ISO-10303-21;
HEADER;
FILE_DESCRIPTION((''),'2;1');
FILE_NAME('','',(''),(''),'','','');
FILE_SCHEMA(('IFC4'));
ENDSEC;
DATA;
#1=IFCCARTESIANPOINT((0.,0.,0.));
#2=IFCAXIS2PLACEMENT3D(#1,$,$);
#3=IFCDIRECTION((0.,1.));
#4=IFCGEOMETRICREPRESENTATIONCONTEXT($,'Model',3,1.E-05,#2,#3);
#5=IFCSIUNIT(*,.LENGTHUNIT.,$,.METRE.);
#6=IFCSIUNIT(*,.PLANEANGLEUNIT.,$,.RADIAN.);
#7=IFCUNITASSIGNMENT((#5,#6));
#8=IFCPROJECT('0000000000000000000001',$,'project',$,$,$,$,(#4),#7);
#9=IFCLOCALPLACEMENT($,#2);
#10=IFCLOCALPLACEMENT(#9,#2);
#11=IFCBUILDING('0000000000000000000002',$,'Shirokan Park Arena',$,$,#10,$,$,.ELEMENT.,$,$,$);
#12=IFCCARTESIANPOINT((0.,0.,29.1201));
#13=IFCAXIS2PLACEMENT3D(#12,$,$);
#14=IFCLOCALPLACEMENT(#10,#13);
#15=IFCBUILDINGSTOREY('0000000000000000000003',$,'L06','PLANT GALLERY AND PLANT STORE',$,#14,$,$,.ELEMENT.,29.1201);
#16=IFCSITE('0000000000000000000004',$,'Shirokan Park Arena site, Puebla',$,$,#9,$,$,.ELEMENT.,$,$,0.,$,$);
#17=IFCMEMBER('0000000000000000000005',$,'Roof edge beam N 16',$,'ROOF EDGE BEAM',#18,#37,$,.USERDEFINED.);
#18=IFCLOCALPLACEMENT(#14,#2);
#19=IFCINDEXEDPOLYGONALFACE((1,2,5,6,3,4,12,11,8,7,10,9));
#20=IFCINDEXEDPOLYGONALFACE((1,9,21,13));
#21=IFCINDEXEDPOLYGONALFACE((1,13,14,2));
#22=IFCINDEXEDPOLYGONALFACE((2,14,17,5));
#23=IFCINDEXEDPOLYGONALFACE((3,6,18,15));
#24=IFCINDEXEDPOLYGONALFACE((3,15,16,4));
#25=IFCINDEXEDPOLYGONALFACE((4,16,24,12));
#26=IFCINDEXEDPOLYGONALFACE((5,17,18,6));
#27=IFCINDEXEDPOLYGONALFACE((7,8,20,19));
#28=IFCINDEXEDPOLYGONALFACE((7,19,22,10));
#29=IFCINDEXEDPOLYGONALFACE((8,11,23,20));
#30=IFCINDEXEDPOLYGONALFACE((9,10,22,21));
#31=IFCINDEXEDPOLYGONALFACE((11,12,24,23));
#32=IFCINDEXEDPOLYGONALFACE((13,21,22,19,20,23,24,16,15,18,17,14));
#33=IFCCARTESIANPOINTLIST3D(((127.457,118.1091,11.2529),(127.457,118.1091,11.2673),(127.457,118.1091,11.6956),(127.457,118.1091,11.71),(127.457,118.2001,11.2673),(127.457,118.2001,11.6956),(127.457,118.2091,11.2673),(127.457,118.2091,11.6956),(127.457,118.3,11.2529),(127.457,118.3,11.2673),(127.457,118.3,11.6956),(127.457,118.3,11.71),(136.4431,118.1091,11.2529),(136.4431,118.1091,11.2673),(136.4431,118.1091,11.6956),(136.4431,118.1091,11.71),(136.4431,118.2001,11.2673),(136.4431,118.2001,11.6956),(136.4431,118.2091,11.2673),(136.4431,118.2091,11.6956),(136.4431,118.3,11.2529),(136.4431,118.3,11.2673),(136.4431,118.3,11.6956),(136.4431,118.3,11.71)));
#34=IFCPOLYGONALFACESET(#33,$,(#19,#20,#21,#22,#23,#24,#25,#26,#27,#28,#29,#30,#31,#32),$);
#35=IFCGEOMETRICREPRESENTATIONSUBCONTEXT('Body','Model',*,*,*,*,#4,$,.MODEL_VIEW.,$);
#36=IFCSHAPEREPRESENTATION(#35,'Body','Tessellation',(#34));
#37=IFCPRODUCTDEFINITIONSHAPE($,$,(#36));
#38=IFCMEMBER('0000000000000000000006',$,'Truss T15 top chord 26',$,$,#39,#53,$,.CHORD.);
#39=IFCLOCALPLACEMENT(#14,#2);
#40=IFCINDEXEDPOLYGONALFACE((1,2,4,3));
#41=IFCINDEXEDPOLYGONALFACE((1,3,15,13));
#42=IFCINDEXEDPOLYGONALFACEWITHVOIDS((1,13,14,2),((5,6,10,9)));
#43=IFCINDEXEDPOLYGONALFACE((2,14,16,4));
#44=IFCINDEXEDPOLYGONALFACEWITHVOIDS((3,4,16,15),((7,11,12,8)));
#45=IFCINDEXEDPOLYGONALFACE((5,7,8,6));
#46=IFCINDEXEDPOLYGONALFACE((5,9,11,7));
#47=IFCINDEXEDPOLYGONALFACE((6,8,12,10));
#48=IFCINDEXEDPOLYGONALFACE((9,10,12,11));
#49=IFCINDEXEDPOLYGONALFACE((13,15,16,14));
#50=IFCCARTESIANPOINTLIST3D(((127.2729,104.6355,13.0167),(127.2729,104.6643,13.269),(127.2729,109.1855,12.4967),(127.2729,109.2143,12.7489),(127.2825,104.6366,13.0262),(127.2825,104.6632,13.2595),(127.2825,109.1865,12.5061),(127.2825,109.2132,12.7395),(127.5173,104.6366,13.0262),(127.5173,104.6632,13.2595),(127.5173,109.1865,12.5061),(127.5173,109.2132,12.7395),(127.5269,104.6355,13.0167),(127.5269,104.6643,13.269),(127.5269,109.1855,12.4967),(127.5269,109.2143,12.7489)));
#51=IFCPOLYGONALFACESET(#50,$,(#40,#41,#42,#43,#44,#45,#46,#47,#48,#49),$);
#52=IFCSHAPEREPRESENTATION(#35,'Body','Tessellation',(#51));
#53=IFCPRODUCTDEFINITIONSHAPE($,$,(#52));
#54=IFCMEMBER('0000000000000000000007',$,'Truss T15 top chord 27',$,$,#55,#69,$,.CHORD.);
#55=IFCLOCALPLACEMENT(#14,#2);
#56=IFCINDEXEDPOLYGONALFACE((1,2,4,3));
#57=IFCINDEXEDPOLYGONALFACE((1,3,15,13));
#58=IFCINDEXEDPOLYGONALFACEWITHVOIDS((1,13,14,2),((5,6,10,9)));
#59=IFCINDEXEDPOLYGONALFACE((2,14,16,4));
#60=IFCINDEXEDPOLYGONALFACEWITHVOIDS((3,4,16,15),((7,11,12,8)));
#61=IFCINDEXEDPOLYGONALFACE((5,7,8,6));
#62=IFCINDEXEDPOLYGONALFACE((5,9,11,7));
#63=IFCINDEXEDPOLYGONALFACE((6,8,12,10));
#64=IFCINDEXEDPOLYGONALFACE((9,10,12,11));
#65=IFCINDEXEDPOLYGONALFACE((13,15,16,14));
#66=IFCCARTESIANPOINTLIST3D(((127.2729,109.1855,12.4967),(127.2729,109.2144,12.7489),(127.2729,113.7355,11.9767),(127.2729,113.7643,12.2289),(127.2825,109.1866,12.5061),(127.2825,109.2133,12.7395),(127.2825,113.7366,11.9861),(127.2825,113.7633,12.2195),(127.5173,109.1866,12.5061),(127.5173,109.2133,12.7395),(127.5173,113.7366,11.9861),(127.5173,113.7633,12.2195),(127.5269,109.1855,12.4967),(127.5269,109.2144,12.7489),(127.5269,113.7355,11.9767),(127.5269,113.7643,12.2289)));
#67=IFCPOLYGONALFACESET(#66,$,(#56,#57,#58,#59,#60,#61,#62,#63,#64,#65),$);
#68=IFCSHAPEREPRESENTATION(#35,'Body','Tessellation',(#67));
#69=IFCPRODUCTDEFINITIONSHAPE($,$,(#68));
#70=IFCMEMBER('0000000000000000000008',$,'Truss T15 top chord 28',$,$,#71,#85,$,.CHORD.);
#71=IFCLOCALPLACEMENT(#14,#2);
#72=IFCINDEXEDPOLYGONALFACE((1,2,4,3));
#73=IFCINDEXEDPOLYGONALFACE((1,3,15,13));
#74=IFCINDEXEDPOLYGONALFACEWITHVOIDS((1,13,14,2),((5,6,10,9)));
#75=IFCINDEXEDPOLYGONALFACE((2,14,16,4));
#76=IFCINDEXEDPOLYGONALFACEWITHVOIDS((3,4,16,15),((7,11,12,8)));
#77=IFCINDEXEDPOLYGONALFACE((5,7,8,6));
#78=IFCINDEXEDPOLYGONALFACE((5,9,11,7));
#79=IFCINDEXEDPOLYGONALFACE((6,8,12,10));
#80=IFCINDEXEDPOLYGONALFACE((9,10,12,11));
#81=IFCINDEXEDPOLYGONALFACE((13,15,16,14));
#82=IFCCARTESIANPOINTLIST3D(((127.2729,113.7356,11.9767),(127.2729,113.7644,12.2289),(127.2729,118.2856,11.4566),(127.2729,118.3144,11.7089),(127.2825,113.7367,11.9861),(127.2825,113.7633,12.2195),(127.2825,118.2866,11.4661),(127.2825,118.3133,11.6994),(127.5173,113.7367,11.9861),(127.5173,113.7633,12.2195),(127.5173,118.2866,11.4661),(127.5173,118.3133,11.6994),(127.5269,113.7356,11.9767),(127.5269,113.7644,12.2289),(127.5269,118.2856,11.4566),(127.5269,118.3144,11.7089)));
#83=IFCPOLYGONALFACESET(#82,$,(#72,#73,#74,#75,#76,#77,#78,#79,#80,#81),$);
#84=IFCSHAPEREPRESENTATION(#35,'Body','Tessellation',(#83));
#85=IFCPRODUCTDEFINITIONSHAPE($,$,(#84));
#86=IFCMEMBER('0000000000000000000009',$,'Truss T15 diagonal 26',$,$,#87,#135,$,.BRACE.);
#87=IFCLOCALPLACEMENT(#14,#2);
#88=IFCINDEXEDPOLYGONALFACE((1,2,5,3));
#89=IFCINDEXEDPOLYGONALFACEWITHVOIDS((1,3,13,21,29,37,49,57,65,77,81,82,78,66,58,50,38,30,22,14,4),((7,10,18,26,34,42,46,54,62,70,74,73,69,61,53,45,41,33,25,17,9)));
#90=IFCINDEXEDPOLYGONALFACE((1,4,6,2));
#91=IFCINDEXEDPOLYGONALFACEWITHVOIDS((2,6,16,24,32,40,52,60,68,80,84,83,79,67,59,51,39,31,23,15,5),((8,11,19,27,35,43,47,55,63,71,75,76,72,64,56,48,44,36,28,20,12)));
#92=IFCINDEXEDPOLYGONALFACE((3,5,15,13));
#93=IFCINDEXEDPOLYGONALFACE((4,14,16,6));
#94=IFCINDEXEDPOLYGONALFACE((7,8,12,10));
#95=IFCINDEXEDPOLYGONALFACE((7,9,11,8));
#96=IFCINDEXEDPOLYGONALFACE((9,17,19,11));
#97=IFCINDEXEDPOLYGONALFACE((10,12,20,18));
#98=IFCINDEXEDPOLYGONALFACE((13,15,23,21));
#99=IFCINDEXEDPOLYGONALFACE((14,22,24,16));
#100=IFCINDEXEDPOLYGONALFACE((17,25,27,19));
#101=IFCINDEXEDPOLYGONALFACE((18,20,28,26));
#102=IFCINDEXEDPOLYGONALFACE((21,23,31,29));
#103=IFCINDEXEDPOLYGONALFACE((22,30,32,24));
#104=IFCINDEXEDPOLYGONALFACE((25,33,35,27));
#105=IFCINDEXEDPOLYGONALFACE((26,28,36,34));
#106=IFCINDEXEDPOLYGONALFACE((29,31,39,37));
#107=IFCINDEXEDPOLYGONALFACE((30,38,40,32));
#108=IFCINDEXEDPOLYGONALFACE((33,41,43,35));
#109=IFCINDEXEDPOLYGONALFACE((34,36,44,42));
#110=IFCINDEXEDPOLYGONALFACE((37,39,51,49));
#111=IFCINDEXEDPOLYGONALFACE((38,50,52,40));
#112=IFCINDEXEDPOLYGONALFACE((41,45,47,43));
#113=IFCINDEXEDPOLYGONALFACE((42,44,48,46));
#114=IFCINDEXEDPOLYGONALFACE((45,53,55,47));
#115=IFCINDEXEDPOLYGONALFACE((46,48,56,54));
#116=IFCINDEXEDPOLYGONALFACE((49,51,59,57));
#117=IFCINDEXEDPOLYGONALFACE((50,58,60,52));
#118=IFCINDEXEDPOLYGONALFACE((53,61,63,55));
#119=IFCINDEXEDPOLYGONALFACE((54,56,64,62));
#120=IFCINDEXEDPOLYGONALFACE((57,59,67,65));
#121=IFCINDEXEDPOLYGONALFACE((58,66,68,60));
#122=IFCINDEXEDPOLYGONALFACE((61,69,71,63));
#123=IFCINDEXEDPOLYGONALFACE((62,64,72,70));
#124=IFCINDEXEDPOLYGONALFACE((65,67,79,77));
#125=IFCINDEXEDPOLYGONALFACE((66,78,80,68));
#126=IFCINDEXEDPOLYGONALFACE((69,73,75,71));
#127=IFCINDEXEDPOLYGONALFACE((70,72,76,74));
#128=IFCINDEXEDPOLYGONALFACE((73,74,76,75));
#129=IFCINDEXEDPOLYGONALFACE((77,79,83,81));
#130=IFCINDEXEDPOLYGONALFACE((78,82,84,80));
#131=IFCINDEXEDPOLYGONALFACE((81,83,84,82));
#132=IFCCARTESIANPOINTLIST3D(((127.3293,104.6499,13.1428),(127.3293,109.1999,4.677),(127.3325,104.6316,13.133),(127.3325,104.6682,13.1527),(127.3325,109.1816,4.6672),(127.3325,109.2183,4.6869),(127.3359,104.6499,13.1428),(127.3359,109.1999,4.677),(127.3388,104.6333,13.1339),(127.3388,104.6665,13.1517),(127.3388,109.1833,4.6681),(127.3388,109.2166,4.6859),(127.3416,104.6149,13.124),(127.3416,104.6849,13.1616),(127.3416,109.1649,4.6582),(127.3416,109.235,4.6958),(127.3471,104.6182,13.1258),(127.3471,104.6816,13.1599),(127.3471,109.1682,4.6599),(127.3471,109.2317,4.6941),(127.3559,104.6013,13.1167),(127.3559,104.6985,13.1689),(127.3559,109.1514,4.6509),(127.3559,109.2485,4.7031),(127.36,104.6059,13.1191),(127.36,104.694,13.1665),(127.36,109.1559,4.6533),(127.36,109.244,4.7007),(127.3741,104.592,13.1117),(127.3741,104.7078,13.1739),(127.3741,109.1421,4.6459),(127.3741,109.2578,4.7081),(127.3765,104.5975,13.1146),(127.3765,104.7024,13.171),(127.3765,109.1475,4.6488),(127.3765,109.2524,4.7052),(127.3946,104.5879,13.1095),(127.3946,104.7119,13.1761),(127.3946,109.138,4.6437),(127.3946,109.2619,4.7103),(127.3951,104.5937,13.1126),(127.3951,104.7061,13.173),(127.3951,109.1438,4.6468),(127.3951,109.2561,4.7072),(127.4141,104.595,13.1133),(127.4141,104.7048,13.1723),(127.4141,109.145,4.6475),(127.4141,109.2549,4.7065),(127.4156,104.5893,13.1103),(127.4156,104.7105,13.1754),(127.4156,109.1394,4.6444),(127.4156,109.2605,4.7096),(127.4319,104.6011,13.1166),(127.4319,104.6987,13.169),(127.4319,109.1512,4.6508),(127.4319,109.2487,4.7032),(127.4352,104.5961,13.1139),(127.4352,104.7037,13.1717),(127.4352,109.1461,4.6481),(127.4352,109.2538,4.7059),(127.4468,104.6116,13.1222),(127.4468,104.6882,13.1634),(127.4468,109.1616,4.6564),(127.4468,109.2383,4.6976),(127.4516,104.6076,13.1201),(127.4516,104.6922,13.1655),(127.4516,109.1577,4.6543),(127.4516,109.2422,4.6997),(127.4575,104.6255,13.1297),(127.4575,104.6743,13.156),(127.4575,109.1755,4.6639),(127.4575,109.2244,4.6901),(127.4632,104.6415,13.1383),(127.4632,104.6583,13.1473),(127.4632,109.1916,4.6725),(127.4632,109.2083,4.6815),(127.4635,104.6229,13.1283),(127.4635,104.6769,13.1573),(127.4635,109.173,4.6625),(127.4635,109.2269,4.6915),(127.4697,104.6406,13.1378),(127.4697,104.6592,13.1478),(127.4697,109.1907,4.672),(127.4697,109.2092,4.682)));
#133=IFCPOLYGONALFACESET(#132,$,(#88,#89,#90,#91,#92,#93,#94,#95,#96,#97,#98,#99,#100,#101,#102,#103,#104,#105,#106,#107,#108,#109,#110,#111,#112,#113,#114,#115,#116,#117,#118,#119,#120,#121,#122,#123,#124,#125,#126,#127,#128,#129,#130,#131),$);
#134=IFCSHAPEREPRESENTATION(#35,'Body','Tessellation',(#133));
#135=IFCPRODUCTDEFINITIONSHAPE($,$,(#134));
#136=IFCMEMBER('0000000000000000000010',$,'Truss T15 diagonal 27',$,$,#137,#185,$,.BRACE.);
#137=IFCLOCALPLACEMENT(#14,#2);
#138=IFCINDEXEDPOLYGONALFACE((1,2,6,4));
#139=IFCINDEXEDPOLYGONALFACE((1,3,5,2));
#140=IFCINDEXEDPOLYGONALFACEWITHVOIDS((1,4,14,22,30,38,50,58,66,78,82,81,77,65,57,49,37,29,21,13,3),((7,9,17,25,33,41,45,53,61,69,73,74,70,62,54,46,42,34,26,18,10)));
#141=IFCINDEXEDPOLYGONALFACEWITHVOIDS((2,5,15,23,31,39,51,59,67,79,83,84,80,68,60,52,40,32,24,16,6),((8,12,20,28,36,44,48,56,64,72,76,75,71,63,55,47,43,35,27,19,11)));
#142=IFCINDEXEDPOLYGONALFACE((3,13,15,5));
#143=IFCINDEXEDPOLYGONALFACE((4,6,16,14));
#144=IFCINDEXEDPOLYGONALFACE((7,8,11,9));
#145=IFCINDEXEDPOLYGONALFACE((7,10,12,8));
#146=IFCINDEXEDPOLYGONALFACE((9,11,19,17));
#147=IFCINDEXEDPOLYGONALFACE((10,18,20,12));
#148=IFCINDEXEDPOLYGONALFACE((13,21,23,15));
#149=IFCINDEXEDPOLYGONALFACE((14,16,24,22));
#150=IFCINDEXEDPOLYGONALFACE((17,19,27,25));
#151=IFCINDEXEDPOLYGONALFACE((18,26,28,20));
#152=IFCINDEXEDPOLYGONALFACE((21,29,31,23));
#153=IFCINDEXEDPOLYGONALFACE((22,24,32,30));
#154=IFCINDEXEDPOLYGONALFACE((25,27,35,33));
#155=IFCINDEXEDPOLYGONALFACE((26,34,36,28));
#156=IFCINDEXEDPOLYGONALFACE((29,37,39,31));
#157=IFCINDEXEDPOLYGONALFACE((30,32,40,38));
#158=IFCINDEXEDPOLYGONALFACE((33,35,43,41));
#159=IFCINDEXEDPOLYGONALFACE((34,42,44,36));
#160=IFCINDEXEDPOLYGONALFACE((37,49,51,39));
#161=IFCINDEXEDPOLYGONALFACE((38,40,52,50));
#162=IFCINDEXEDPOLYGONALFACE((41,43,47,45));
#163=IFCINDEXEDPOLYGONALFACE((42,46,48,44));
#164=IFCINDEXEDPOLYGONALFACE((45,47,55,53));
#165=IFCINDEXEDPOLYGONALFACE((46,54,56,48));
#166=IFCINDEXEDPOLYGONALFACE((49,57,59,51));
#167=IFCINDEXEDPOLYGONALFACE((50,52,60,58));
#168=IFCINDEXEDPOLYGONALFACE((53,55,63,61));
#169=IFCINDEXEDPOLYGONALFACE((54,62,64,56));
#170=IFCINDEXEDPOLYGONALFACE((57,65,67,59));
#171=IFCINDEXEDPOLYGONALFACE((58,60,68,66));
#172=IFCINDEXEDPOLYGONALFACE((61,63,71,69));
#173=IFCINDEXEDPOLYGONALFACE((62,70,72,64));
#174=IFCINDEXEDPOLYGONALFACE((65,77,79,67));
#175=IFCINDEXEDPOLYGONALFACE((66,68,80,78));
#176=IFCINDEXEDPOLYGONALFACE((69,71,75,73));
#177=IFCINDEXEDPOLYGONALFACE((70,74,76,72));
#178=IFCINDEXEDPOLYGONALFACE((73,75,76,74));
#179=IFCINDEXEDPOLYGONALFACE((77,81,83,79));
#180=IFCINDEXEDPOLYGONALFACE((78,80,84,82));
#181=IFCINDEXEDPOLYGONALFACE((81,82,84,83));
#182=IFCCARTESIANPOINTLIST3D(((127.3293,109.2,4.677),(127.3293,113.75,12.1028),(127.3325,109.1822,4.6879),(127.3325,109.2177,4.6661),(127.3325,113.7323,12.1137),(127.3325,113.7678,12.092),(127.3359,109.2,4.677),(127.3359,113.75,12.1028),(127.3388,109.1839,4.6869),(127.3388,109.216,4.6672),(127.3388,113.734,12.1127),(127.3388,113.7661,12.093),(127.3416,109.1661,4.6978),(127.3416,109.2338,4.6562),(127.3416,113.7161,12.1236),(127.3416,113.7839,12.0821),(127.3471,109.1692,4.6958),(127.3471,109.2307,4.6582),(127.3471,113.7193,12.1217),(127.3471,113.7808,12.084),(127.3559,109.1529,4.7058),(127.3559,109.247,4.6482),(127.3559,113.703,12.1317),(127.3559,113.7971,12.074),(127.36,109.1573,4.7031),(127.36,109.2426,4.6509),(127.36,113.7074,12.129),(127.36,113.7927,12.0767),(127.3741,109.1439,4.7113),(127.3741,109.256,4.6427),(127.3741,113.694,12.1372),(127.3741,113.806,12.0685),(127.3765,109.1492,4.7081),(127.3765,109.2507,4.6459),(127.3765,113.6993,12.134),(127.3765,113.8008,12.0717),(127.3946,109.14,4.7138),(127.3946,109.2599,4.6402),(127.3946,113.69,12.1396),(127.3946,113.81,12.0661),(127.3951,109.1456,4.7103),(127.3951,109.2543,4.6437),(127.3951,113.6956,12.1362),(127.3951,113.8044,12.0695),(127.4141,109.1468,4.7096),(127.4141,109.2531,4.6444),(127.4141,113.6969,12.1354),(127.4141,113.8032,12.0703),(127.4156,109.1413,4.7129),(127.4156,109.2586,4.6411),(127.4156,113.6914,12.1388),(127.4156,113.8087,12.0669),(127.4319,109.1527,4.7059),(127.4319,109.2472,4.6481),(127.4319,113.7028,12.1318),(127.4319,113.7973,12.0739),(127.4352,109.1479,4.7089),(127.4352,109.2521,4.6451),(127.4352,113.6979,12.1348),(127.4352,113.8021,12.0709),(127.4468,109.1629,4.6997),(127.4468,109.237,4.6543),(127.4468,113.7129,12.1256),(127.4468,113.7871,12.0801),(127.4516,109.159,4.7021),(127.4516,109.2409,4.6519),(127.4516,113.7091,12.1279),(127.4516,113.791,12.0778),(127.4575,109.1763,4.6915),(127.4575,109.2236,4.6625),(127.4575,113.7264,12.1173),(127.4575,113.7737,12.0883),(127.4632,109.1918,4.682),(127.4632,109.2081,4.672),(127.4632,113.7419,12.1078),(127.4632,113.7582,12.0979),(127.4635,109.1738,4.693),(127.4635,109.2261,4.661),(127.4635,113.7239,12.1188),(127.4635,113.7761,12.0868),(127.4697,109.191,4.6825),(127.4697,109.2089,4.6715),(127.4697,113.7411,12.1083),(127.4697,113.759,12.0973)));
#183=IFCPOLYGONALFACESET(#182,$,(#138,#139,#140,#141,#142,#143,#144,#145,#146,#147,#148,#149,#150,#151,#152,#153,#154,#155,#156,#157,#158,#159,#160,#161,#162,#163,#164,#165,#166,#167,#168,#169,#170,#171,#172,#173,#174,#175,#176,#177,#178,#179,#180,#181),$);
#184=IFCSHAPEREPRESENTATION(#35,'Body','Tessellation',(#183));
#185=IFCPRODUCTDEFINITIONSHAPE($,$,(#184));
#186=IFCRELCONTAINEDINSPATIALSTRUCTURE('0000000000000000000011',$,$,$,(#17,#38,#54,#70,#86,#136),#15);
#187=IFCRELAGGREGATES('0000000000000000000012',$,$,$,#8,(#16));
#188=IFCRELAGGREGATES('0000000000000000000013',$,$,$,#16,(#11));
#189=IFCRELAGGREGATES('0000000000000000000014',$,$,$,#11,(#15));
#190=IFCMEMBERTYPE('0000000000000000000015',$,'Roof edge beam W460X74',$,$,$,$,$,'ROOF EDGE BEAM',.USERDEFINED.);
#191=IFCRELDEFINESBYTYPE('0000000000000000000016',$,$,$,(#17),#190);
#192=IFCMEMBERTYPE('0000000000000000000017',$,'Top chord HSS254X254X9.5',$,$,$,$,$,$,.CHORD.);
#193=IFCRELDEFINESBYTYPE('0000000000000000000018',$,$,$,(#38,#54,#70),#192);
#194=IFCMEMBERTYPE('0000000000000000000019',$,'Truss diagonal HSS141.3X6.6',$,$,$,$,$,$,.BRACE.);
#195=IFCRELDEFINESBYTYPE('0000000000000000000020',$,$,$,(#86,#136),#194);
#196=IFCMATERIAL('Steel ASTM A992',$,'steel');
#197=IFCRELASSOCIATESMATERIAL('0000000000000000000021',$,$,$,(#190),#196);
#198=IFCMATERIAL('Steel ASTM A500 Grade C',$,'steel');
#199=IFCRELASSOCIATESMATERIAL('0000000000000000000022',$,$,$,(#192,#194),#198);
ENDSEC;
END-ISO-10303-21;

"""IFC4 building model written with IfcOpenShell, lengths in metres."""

from ifc_helpers import new_model, si_unit, direction, frame, origin, origin_2d, place, context, subcontext, project, spatial, hollow_rectangle, hollow_circle, i_section, extrude, material, material_profile, profile_set, type_object, element, save


model = new_model("IFC4")

# Units and contexts
model_context = context("Model", 3, precision=1e-05, world=origin(), true_north=direction((0.0, 1.0)))
body_context = subcontext(model_context, "Body", "Model", "MODEL_VIEW")
ifc_project = project(units=[si_unit("LENGTHUNIT", "METRE"), si_unit("PLANEANGLEUNIT", "RADIAN")], contexts=[model_context])

# Site, building, storey
site_placement = place(None, origin())
site = spatial("IfcSite", under=ifc_project, at=site_placement, Name="Shirokan Park Arena site, Puebla", CompositionType="ELEMENT", RefElevation=0.0)
building_placement = place(site_placement, origin())
building = spatial("IfcBuilding", under=site, at=building_placement, Name="Shirokan Park Arena", CompositionType="ELEMENT")
storey_placement = place(building_placement, frame((0.0, 0.0, 29.1201)))
storey = spatial("IfcBuildingStorey", under=building, at=storey_placement, Name="L06", Description="PLANT GALLERY AND PLANT STORE", CompositionType="ELEMENT", Elevation=29.1201)

# Shared definitions
ifc_material_1 = material(Name="Steel ASTM A500 Grade C", Category="steel")
ifc_material_2 = material(Name="Steel ASTM A992", Category="steel")

# Members
ifc_material_profile_1 = material_profile(ifc_material_2, i_section(OverallWidth=0.1909, OverallDepth=0.457, WebThickness=0.009, FlangeThickness=0.0144, at=origin_2d()), Name="W460X74")
ifc_profile_set_1 = profile_set([ifc_material_profile_1], Name="Steel ASTM A992")
member_type_1 = type_object("IfcMemberType", Name="Roof edge beam W460X74", ElementType="ROOF EDGE BEAM", PredefinedType="USERDEFINED", material=ifc_profile_set_1)
member_1_placement = place(storey_placement, frame((127.457, 118.2046, 11.4814), z_axis=(1.0, 0.0, 0.0), x_axis=(0.0, 1.0, 0.0)))
element("IfcMember", 1, at=member_1_placement, inside=storey, type_object=member_type_1, Name="Roof edge beam N 16", ObjectType="ROOF EDGE BEAM", PredefinedType="USERDEFINED", context=body_context, shape_type="SweptSolid", body=[
    extrude(i_section(OverallWidth=0.1909, OverallDepth=0.457, WebThickness=0.009, FlangeThickness=0.0144, at=origin_2d()), origin(), (0.0, 0.0, 1.0), 8.9861),
])
ifc_material_profile_2 = material_profile(ifc_material_1, hollow_rectangle(XDim=0.2539, YDim=0.2539, WallThickness=0.0095, at=origin_2d()), Name="HSS254X254X9.5")
ifc_profile_set_2 = profile_set([ifc_material_profile_2], Name="Steel ASTM A500 Grade C")
member_type_2 = type_object("IfcMemberType", Name="Top chord HSS254X254X9.5", PredefinedType="CHORD", material=ifc_profile_set_2)
for number, where, z_axis, x_axis, name in (
    (2, (127.3999, 104.6499, 13.1428), (0.0, 0.993532, -0.11355), (-1.0, 0.0, 0.0), "Truss T15 top chord 26"),
    (3, (127.3999, 109.2, 12.6228), (0.0, 0.993532, -0.11355), (-1.0, 0.0, 0.0), "Truss T15 top chord 27"),
    (4, (127.3999, 113.75, 12.1028), (0.0, 0.993532, -0.11355), (-1.0, 0.0, 0.0), "Truss T15 top chord 28"),
):
    element("IfcMember", number, at=place(storey_placement, frame(where, z_axis=z_axis, x_axis=x_axis)), inside=storey, type_object=member_type_2, Name=name, PredefinedType="CHORD", context=body_context, shape_type="SweptSolid", body=[
        extrude(hollow_rectangle(XDim=0.2539, YDim=0.2539, WallThickness=0.0095, at=origin_2d()), origin(), (0.0, 0.0, 1.0), 4.5796),
    ])
ifc_material_profile_3 = material_profile(ifc_material_1, hollow_circle(Radius=0.0706, WallThickness=0.0066, at=origin_2d()), Name="HSS141.3X6.6")
ifc_profile_set_3 = profile_set([ifc_material_profile_3], Name="Steel ASTM A500 Grade C")
member_type_3 = type_object("IfcMemberType", Name="Truss diagonal HSS141.3X6.6", PredefinedType="BRACE", material=ifc_profile_set_3)
member_2_placement = place(storey_placement, frame((127.3999, 104.6499, 13.1428), z_axis=(0.0, 0.473417, -0.880839), x_axis=(-1.0, 0.0, 0.0)))
element("IfcMember", 5, at=member_2_placement, inside=storey, type_object=member_type_3, Name="Truss T15 diagonal 26", PredefinedType="BRACE", context=body_context, shape_type="SweptSolid", body=[
    extrude(hollow_circle(Radius=0.0706, WallThickness=0.0066, at=origin_2d()), origin(), (0.0, 0.0, 1.0), 9.6111),
])
member_3_placement = place(storey_placement, frame((127.3999, 109.2, 4.677), z_axis=(0.0, 0.522459, 0.852665), x_axis=(-1.0, 0.0, 0.0)))
element("IfcMember", 6, at=member_3_placement, inside=storey, type_object=member_type_3, Name="Truss T15 diagonal 27", PredefinedType="BRACE", context=body_context, shape_type="SweptSolid", body=[
    extrude(hollow_circle(Radius=0.0706, WallThickness=0.0066, at=origin_2d()), origin(), (0.0, 0.0, 1.0), 8.709),
])

save(model, "model.ifc")
